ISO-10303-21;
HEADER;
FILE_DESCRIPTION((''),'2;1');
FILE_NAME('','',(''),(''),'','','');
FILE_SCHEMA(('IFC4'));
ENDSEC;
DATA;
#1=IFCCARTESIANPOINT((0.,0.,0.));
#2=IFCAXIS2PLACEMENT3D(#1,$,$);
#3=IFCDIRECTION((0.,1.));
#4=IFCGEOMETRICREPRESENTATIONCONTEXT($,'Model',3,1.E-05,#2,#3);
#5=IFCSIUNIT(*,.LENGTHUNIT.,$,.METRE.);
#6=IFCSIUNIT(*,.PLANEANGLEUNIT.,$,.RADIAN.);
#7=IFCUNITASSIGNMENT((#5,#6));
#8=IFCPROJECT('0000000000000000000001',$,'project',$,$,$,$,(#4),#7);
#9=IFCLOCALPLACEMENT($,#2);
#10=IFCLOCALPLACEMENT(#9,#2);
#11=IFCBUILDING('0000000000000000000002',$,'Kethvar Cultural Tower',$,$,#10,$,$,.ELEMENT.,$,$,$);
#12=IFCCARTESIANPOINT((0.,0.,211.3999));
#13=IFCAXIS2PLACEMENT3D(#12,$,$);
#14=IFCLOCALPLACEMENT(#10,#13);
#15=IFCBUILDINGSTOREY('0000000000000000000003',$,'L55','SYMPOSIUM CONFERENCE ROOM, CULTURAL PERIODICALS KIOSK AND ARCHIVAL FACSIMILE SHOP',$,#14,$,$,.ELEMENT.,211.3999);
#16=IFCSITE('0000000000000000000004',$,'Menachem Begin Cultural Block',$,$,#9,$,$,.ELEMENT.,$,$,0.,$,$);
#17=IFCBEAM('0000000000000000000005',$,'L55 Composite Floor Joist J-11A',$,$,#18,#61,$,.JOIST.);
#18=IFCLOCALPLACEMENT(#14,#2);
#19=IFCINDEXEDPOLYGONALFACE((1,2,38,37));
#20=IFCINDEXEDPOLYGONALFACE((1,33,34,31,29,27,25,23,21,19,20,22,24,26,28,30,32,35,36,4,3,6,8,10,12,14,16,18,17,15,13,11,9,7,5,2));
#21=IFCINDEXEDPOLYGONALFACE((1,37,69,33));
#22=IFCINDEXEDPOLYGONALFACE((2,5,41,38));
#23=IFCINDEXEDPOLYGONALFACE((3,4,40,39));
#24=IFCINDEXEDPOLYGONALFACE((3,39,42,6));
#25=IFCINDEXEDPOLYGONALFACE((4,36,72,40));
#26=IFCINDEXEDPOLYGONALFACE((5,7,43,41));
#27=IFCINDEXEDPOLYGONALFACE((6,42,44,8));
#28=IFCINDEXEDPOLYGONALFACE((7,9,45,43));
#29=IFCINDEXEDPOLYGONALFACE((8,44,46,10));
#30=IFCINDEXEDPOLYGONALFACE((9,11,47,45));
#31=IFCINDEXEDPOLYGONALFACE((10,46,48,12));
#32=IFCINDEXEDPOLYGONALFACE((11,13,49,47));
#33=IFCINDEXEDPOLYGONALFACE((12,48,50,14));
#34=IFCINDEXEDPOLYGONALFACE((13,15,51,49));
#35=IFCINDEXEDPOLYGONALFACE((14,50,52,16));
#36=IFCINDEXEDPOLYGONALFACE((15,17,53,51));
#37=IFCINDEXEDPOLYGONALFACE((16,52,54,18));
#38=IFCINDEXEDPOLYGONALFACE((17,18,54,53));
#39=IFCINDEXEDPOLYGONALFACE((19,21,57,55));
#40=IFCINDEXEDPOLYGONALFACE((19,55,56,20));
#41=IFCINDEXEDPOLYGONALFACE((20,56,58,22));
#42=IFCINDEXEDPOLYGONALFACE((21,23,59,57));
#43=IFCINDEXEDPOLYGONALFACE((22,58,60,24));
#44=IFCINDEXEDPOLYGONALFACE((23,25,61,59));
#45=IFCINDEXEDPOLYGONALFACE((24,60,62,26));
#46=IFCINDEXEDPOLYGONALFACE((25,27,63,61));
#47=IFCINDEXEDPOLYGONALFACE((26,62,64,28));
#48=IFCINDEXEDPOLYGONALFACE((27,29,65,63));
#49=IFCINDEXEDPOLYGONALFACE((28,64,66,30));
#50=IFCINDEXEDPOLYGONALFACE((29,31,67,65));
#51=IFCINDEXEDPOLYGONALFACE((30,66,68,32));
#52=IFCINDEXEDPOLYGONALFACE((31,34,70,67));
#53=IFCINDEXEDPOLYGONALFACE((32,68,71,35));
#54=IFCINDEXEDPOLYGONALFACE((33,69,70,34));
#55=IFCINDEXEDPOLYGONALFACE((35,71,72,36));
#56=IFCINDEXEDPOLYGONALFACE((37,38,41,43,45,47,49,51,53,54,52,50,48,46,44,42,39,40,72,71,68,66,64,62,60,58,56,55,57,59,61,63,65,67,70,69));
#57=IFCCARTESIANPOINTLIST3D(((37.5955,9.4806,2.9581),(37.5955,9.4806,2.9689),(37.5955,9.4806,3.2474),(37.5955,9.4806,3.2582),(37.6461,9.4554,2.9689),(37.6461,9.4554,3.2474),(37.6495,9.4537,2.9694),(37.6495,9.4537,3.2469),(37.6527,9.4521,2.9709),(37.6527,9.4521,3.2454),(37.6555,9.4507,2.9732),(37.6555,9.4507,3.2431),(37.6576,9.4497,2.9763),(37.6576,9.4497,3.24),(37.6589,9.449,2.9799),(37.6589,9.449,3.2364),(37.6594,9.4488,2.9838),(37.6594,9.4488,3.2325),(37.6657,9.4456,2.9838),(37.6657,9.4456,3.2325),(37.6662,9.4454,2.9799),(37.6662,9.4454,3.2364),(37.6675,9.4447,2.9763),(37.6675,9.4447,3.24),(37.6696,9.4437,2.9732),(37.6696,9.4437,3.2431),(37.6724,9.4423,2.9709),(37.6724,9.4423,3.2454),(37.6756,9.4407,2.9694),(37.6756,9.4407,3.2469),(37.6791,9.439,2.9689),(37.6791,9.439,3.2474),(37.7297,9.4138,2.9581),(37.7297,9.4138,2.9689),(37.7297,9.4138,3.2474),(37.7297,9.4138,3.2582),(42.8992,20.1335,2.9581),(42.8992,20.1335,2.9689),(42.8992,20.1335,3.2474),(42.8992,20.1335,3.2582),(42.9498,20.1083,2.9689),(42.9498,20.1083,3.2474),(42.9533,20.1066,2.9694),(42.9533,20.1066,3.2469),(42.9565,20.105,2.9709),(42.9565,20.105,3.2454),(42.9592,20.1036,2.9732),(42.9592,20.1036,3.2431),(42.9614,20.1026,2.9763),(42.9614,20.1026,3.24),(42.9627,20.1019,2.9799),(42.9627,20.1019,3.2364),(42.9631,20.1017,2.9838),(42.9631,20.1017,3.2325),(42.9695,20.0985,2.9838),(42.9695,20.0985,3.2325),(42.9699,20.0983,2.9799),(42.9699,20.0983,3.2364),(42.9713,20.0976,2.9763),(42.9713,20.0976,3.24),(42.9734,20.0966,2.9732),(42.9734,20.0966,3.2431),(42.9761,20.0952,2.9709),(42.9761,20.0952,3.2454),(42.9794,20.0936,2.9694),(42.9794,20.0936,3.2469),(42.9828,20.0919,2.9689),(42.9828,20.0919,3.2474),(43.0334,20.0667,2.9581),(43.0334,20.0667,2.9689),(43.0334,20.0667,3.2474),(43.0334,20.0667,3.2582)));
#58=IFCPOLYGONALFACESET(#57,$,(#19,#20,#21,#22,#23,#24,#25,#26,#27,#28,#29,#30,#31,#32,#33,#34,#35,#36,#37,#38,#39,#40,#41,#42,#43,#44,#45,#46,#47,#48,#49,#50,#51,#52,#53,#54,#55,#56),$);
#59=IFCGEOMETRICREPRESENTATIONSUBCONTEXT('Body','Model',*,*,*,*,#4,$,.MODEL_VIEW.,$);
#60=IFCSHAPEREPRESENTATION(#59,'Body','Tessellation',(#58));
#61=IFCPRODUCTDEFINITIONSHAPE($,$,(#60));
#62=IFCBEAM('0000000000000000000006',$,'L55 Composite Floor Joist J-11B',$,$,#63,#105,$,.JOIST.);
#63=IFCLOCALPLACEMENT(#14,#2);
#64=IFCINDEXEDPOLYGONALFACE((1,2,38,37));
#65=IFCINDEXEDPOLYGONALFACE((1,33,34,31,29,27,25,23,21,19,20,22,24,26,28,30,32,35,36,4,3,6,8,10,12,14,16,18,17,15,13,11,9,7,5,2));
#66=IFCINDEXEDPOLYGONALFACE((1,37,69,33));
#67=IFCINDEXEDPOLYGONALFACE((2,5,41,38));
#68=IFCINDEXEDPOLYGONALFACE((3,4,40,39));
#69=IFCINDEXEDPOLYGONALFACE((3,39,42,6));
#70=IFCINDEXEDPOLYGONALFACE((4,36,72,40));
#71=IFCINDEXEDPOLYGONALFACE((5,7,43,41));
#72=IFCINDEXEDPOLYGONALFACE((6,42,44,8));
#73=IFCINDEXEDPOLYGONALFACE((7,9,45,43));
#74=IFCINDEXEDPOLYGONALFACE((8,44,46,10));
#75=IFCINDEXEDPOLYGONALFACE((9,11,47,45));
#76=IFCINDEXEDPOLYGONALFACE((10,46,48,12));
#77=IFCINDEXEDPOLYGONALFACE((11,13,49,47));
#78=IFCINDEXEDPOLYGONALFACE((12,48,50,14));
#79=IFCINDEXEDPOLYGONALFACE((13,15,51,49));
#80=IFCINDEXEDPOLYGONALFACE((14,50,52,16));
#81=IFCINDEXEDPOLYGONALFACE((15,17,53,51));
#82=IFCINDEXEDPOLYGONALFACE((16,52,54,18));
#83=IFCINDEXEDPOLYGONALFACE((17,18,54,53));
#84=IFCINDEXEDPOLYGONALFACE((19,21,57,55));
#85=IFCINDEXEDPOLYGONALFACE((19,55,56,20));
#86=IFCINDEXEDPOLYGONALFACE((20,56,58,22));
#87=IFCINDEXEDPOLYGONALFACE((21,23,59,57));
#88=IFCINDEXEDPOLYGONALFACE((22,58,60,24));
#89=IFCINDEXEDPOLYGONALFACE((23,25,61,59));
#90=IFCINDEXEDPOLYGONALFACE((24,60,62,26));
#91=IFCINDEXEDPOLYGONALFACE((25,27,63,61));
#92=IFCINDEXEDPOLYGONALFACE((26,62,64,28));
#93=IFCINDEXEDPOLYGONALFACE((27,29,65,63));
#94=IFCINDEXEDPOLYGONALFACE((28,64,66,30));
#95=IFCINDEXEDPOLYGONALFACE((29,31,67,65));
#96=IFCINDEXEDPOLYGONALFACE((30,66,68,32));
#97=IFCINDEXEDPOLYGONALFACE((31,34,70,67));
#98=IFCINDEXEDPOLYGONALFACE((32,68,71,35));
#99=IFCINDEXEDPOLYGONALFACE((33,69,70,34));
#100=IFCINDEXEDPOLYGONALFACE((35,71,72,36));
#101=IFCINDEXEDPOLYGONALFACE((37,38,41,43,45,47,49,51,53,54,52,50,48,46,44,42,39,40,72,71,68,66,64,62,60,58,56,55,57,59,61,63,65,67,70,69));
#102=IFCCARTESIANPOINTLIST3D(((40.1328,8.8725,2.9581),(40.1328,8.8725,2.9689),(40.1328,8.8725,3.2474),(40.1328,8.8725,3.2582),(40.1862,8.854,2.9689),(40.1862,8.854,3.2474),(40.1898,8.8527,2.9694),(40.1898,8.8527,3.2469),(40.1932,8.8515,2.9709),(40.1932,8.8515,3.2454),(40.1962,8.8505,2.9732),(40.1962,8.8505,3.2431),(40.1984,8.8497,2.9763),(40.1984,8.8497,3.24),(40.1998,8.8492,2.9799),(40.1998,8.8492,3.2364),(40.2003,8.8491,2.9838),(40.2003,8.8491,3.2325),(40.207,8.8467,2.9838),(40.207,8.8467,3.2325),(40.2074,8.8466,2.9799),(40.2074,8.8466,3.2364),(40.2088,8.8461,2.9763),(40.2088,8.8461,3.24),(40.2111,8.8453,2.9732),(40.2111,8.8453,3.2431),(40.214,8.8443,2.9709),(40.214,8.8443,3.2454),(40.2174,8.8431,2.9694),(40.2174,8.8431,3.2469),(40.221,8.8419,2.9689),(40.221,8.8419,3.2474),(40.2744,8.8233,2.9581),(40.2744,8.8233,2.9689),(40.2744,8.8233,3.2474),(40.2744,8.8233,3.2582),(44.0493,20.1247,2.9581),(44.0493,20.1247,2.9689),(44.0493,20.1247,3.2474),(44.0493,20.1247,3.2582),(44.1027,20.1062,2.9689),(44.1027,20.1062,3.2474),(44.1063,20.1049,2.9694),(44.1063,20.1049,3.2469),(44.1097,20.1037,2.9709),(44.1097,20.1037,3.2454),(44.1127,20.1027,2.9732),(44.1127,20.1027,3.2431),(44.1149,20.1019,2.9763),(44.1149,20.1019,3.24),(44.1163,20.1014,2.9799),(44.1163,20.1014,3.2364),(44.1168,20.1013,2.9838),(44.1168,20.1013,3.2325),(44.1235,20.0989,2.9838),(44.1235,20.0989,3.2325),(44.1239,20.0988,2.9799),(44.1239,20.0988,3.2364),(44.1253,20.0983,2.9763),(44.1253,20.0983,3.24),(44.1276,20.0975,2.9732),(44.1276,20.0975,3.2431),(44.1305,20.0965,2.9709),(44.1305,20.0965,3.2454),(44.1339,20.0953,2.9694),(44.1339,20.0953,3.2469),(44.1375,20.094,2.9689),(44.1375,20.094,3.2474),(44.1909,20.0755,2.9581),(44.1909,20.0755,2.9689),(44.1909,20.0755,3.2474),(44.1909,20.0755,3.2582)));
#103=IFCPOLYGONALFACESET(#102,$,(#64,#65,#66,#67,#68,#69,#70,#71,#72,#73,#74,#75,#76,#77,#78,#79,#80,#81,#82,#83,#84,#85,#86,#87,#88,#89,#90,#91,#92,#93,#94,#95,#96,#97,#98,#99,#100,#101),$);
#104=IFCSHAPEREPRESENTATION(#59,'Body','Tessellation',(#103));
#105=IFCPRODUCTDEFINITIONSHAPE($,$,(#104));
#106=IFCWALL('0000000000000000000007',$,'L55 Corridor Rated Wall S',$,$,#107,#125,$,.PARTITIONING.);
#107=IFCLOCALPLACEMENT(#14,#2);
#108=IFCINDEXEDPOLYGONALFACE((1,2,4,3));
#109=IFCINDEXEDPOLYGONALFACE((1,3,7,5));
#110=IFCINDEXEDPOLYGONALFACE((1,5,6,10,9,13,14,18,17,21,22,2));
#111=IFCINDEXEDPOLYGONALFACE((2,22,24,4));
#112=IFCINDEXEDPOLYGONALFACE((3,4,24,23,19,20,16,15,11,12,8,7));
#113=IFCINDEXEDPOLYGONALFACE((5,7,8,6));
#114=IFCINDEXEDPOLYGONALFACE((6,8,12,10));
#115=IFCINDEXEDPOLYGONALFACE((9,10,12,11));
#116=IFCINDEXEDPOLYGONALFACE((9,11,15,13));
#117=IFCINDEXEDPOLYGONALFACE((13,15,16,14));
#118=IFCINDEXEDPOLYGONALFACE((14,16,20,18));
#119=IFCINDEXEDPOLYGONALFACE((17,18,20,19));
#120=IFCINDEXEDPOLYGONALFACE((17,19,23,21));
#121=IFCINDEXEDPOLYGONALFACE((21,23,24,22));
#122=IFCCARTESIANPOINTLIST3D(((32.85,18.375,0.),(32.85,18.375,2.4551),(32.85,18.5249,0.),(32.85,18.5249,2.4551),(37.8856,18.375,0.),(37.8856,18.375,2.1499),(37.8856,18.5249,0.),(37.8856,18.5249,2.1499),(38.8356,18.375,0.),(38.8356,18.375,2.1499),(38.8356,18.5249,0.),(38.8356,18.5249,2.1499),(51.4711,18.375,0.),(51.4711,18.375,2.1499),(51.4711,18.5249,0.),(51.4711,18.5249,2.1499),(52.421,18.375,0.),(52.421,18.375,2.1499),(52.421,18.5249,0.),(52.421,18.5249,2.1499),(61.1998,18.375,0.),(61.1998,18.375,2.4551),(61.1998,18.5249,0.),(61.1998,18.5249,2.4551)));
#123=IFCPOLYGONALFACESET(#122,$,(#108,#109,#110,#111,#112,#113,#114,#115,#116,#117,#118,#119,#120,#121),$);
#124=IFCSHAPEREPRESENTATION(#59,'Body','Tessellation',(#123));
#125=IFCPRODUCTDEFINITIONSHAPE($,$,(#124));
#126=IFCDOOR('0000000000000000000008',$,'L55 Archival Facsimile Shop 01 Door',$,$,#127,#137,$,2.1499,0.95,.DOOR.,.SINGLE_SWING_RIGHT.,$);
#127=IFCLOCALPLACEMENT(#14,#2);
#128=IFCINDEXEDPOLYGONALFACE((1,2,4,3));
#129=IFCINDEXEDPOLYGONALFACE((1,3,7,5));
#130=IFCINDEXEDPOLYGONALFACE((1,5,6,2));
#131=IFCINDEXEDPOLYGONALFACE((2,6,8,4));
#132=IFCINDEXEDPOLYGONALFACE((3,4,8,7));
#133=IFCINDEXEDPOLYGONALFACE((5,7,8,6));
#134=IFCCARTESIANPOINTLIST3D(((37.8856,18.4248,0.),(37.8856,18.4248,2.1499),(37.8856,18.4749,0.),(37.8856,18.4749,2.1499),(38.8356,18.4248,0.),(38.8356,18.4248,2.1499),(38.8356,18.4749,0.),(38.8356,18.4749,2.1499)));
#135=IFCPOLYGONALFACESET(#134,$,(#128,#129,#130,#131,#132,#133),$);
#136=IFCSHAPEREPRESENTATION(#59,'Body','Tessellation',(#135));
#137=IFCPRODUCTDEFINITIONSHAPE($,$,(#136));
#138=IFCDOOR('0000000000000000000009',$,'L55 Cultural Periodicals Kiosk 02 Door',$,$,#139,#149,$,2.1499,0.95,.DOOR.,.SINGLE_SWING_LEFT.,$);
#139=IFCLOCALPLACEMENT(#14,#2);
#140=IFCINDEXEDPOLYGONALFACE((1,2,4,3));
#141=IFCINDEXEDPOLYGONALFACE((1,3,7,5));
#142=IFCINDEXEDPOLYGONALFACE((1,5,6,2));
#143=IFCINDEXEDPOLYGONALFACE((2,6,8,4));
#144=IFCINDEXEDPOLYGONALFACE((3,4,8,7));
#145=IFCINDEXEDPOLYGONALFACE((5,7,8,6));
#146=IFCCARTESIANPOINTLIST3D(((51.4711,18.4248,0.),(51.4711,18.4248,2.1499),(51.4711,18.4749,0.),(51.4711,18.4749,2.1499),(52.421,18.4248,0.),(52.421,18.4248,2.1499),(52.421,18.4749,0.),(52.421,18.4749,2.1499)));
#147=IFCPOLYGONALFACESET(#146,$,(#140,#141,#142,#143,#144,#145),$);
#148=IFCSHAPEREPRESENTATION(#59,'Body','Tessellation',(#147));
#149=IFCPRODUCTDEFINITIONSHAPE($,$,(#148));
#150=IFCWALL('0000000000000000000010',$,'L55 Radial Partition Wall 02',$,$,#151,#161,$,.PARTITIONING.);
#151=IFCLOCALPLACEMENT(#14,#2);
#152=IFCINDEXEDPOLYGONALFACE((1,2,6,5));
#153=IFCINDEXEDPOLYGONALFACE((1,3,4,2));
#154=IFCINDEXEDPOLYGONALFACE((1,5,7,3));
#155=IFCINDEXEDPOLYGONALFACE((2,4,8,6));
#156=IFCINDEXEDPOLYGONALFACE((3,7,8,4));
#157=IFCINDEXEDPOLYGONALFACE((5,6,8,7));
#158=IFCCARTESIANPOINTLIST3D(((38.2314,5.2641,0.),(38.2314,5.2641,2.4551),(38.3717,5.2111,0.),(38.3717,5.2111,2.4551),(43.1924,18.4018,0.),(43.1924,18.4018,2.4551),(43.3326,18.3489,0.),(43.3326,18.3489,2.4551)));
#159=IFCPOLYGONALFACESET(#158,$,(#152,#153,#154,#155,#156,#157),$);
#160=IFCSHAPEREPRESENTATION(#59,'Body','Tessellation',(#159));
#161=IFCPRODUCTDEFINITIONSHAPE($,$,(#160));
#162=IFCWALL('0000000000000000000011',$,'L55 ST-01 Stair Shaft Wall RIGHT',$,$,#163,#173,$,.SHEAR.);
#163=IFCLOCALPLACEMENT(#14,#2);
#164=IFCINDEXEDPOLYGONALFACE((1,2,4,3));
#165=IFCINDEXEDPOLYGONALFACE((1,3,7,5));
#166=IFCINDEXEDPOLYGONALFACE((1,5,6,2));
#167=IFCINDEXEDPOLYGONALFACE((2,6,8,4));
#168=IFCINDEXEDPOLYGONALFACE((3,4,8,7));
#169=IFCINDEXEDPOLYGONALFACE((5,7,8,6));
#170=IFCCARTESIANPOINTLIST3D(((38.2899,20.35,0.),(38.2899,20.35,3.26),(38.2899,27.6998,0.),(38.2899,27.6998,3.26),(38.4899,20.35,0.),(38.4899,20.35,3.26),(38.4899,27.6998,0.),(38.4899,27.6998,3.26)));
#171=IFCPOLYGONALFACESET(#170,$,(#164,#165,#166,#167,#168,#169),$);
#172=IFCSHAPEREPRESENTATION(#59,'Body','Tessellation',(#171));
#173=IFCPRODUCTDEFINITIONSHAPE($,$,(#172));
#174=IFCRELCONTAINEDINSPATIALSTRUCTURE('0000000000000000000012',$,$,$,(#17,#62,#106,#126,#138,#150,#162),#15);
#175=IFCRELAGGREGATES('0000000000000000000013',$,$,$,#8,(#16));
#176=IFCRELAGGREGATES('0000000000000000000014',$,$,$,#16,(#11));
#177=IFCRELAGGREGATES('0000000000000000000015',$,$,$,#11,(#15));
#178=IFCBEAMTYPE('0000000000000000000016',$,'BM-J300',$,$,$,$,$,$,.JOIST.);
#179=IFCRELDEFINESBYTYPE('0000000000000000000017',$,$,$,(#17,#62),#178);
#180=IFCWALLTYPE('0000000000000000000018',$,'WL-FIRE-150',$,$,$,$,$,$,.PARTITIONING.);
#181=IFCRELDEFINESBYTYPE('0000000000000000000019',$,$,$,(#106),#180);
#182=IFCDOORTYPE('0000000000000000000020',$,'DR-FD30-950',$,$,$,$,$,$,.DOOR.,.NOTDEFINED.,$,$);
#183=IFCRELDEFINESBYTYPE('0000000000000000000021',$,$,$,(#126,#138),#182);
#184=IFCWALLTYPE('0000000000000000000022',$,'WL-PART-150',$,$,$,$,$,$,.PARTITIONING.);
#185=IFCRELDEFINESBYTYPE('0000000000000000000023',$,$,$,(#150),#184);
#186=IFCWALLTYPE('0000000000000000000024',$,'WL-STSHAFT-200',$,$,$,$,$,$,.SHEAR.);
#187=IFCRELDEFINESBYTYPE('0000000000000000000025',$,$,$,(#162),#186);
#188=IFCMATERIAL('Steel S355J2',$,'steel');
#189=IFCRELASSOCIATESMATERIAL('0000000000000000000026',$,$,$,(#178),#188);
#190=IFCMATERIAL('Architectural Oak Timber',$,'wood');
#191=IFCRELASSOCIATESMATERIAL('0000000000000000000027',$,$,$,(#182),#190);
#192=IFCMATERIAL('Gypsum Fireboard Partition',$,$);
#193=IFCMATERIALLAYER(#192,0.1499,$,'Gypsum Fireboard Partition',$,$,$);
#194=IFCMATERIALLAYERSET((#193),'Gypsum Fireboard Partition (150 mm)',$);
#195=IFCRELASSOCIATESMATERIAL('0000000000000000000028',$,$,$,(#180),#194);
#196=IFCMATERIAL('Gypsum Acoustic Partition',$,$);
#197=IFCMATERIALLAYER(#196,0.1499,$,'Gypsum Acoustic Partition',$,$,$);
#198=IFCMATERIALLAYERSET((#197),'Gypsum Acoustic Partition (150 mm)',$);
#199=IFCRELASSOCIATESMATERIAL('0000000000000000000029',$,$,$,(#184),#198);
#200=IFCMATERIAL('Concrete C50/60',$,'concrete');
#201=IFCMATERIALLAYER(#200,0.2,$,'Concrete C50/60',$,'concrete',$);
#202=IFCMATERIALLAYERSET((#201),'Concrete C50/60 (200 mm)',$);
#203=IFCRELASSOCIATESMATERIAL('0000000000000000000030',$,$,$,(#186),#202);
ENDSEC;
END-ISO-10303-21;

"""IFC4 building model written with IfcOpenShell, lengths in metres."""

from ifc_helpers import new_model, si_unit, direction, frame, frame_2d, origin, origin_2d, place, context, subcontext, project, spatial, rectangle, i_section, extrude, source, transform, mapped, material, layer, layer_set, material_profile, profile_set, type_object, element, fill, save


model = new_model("IFC4")

# Units and contexts
model_context = context("Model", 3, precision=1e-05, world=origin(), true_north=direction((0.0, 1.0)))
body_context = subcontext(model_context, "Body", "Model", "MODEL_VIEW")
ifc_project = project(units=[si_unit("LENGTHUNIT", "METRE"), si_unit("PLANEANGLEUNIT", "RADIAN")], contexts=[model_context])

# Site, building, storey
site_placement = place(None, origin())
site = spatial("IfcSite", under=ifc_project, at=site_placement, Name="Menachem Begin Cultural Block", CompositionType="ELEMENT", RefElevation=0.0)
building_placement = place(site_placement, origin())
building = spatial("IfcBuilding", under=site, at=building_placement, Name="Kethvar Cultural Tower", CompositionType="ELEMENT")
storey_placement = place(building_placement, frame((0.0, 0.0, 211.3999)))
storey = spatial("IfcBuildingStorey", under=building, at=storey_placement, Name="L55", Description="SYMPOSIUM CONFERENCE ROOM, CULTURAL PERIODICALS KIOSK AND ARCHIVAL FACSIMILE SHOP", CompositionType="ELEMENT", Elevation=211.3999)

# Beams
ifc_material_1 = material(Name="Steel S355J2", Category="steel")
ifc_material_profile_1 = material_profile(ifc_material_1, i_section(OverallWidth=0.1499, OverallDepth=0.3, WebThickness=0.0071, FlangeThickness=0.0107, FilletRadius=0.0149, at=origin_2d()), Name="Steel S355J2 — IPE300")
ifc_profile_set_1 = profile_set([ifc_material_profile_1], Name="Steel S355J2 — IPE300")
beam_type_1 = type_object("IfcBeamType", Name="BM-J300", PredefinedType="JOIST", material=ifc_profile_set_1)
shared_shape_1 = source(origin(), body_context, "Body", "SweptSolid", [
    extrude(i_section(OverallWidth=0.1499, OverallDepth=0.3, WebThickness=0.0071, FlangeThickness=0.0107, FilletRadius=0.0149, at=origin_2d()), origin(), (0.0, 0.0, 1.0), 11.9001),
])
beam_1_placement = place(storey_placement, frame((42.9663, 20.1001, 3.1082), z_axis=(-0.445687, -0.895189, 0.0), x_axis=(0.895189, -0.445687, 0.0)))
element("IfcBeam", 1, at=beam_1_placement, inside=storey, type_object=beam_type_1, Name="L55 Composite Floor Joist J-11A", PredefinedType="JOIST", context=body_context, shape_type="MappedRepresentation", body=[
    mapped(shared_shape_1, transform((0.0, 0.0, 0.0), scale=1.0)),
])
shared_shape_2 = source(origin(), body_context, "Body", "SweptSolid", [
    extrude(i_section(OverallWidth=0.1499, OverallDepth=0.3, WebThickness=0.0071, FlangeThickness=0.0107, FilletRadius=0.0149, at=origin_2d()), origin(), (0.0, 0.0, 1.0), 11.9143),
])
beam_2_placement = place(storey_placement, frame((44.1201, 20.1001, 3.1082), z_axis=(-0.328722, -0.944427, 0.0), x_axis=(0.944427, -0.328722, 0.0)))
element("IfcBeam", 2, at=beam_2_placement, inside=storey, type_object=beam_type_1, Name="L55 Composite Floor Joist J-11B", PredefinedType="JOIST", context=body_context, shape_type="MappedRepresentation", body=[
    mapped(shared_shape_2, transform((0.0, 0.0, 0.0), scale=1.0)),
])

# Wall, openings, doors
ifc_material_2 = material(Name="Architectural Oak Timber", Category="wood")
door_type_1 = type_object("IfcDoorType", Name="DR-FD30-950", OperationType="NOTDEFINED", PredefinedType="DOOR", material=ifc_material_2)
shared_shape_3 = source(origin(), body_context, "Body", "SweptSolid", [
    extrude(rectangle(XDim=0.95, YDim=2.1499, at=frame_2d((0.4751, 1.075))), frame((0.0, 0.0249, 0.0), z_axis=(0.0, -1.0, 0.0), x_axis=(1.0, 0.0, 0.0)), (0.0, 0.0, 1.0), 0.05),
])
ifc_material_3 = material(Name="Gypsum Fireboard Partition")
ifc_layer_1 = layer(ifc_material_3, 0.1499, Name="Gypsum Fireboard Partition")
ifc_layer_set_1 = layer_set([ifc_layer_1], Name="Gypsum Fireboard Partition (150 mm)")
wall_type_1 = type_object("IfcWallType", Name="WL-FIRE-150", PredefinedType="PARTITIONING", material=ifc_layer_set_1)
wall_1_placement = place(storey_placement, frame((32.8501, 18.45, 0.0), z_axis=(0.0, 0.0, 1.0), x_axis=(1.0, 0.0, 0.0)))
wall_1 = element("IfcWall", 3, at=wall_1_placement, inside=storey, type_object=wall_type_1, Name="L55 Corridor Rated Wall S", PredefinedType="PARTITIONING", context=body_context, shape_type="SweptSolid", body=[
    extrude(rectangle(XDim=28.3499, YDim=0.1499, at=frame_2d((14.1748, 0.0))), origin(), (0.0, 0.0, 1.0), 2.4551),
])
opening_1_placement = place(wall_1_placement, frame((5.0354, 0.0, 0.0)))
opening_1 = element("IfcOpeningElement", 4, at=opening_1_placement, cuts=wall_1, PredefinedType="OPENING", context=body_context, shape_type="SweptSolid", body=[
    extrude(rectangle(XDim=0.95, YDim=2.1499, at=frame_2d((0.4751, 1.075))), frame((0.0, 0.085, 0.0), z_axis=(0.0, -1.0, 0.0), x_axis=(1.0, 0.0, 0.0)), (0.0, 0.0, 1.0), 0.1699),
])
opening_2_placement = place(wall_1_placement, frame((18.6208, 0.0, 0.0)))
opening_2 = element("IfcOpeningElement", 5, at=opening_2_placement, cuts=wall_1, PredefinedType="OPENING", context=body_context, shape_type="SweptSolid", body=[
    extrude(rectangle(XDim=0.95, YDim=2.1499, at=frame_2d((0.4751, 1.075))), frame((0.0, 0.085, 0.0), z_axis=(0.0, -1.0, 0.0), x_axis=(1.0, 0.0, 0.0)), (0.0, 0.0, 1.0), 0.1699),
])
door_1_placement = place(opening_1_placement, origin())
door_1 = element("IfcDoor", 6, at=door_1_placement, inside=storey, type_object=door_type_1, Name="L55 Archival Facsimile Shop 01 Door", OperationType="SINGLE_SWING_RIGHT", OverallHeight=2.1499, OverallWidth=0.95, PredefinedType="DOOR", context=body_context, shape_type="MappedRepresentation", body=[
    mapped(shared_shape_3, transform((0.0, 0.0, 0.0), scale=1.0)),
])
fill(opening_1, door_1)
door_2_placement = place(opening_2_placement, origin())
door_2 = element("IfcDoor", 7, at=door_2_placement, inside=storey, type_object=door_type_1, Name="L55 Cultural Periodicals Kiosk 02 Door", OperationType="SINGLE_SWING_LEFT", OverallHeight=2.1499, OverallWidth=0.95, PredefinedType="DOOR", context=body_context, shape_type="MappedRepresentation", body=[
    mapped(shared_shape_3, transform((0.0, 0.0, 0.0), scale=1.0)),
])
fill(opening_2, door_2)

# Walls
ifc_material_4 = material(Name="Gypsum Acoustic Partition")
ifc_layer_2 = layer(ifc_material_4, 0.1499, Name="Gypsum Acoustic Partition")
ifc_layer_set_2 = layer_set([ifc_layer_2], Name="Gypsum Acoustic Partition (150 mm)")
wall_type_2 = type_object("IfcWallType", Name="WL-PART-150", PredefinedType="PARTITIONING", material=ifc_layer_set_2)
wall_2_placement = place(storey_placement, frame((43.2625, 18.3752, 0.0), z_axis=(0.0, 0.0, 1.0), x_axis=(-0.353264, -0.935524, 0.0)))
element("IfcWall", 8, at=wall_2_placement, inside=storey, type_object=wall_type_2, Name="L55 Radial Partition Wall 02", PredefinedType="PARTITIONING", context=body_context, shape_type="SweptSolid", body=[
    extrude(rectangle(XDim=14.0432, YDim=0.1499, at=frame_2d((7.0215, 0.0))), origin(), (0.0, 0.0, 1.0), 2.4551),
])
ifc_material_5 = material(Name="Concrete C50/60", Category="concrete")
ifc_layer_3 = layer(ifc_material_5, 0.2, Name="Concrete C50/60", Category="concrete")
ifc_layer_set_3 = layer_set([ifc_layer_3], Name="Concrete C50/60 (200 mm)")
wall_type_3 = type_object("IfcWallType", Name="WL-STSHAFT-200", PredefinedType="SHEAR", material=ifc_layer_set_3)
wall_3_placement = place(storey_placement, frame((38.3899, 20.3501, 0.0), z_axis=(0.0, 0.0, 1.0), x_axis=(0.0, 1.0, 0.0)))
element("IfcWall", 9, at=wall_3_placement, inside=storey, type_object=wall_type_3, Name="L55 ST-01 Stair Shaft Wall RIGHT", PredefinedType="SHEAR", context=body_context, shape_type="SweptSolid", body=[
    extrude(rectangle(XDim=7.3499, YDim=0.2, at=frame_2d((3.6748, 0.0))), origin(), (0.0, 0.0, 1.0), 3.26),
])

save(model, "model.ifc")
